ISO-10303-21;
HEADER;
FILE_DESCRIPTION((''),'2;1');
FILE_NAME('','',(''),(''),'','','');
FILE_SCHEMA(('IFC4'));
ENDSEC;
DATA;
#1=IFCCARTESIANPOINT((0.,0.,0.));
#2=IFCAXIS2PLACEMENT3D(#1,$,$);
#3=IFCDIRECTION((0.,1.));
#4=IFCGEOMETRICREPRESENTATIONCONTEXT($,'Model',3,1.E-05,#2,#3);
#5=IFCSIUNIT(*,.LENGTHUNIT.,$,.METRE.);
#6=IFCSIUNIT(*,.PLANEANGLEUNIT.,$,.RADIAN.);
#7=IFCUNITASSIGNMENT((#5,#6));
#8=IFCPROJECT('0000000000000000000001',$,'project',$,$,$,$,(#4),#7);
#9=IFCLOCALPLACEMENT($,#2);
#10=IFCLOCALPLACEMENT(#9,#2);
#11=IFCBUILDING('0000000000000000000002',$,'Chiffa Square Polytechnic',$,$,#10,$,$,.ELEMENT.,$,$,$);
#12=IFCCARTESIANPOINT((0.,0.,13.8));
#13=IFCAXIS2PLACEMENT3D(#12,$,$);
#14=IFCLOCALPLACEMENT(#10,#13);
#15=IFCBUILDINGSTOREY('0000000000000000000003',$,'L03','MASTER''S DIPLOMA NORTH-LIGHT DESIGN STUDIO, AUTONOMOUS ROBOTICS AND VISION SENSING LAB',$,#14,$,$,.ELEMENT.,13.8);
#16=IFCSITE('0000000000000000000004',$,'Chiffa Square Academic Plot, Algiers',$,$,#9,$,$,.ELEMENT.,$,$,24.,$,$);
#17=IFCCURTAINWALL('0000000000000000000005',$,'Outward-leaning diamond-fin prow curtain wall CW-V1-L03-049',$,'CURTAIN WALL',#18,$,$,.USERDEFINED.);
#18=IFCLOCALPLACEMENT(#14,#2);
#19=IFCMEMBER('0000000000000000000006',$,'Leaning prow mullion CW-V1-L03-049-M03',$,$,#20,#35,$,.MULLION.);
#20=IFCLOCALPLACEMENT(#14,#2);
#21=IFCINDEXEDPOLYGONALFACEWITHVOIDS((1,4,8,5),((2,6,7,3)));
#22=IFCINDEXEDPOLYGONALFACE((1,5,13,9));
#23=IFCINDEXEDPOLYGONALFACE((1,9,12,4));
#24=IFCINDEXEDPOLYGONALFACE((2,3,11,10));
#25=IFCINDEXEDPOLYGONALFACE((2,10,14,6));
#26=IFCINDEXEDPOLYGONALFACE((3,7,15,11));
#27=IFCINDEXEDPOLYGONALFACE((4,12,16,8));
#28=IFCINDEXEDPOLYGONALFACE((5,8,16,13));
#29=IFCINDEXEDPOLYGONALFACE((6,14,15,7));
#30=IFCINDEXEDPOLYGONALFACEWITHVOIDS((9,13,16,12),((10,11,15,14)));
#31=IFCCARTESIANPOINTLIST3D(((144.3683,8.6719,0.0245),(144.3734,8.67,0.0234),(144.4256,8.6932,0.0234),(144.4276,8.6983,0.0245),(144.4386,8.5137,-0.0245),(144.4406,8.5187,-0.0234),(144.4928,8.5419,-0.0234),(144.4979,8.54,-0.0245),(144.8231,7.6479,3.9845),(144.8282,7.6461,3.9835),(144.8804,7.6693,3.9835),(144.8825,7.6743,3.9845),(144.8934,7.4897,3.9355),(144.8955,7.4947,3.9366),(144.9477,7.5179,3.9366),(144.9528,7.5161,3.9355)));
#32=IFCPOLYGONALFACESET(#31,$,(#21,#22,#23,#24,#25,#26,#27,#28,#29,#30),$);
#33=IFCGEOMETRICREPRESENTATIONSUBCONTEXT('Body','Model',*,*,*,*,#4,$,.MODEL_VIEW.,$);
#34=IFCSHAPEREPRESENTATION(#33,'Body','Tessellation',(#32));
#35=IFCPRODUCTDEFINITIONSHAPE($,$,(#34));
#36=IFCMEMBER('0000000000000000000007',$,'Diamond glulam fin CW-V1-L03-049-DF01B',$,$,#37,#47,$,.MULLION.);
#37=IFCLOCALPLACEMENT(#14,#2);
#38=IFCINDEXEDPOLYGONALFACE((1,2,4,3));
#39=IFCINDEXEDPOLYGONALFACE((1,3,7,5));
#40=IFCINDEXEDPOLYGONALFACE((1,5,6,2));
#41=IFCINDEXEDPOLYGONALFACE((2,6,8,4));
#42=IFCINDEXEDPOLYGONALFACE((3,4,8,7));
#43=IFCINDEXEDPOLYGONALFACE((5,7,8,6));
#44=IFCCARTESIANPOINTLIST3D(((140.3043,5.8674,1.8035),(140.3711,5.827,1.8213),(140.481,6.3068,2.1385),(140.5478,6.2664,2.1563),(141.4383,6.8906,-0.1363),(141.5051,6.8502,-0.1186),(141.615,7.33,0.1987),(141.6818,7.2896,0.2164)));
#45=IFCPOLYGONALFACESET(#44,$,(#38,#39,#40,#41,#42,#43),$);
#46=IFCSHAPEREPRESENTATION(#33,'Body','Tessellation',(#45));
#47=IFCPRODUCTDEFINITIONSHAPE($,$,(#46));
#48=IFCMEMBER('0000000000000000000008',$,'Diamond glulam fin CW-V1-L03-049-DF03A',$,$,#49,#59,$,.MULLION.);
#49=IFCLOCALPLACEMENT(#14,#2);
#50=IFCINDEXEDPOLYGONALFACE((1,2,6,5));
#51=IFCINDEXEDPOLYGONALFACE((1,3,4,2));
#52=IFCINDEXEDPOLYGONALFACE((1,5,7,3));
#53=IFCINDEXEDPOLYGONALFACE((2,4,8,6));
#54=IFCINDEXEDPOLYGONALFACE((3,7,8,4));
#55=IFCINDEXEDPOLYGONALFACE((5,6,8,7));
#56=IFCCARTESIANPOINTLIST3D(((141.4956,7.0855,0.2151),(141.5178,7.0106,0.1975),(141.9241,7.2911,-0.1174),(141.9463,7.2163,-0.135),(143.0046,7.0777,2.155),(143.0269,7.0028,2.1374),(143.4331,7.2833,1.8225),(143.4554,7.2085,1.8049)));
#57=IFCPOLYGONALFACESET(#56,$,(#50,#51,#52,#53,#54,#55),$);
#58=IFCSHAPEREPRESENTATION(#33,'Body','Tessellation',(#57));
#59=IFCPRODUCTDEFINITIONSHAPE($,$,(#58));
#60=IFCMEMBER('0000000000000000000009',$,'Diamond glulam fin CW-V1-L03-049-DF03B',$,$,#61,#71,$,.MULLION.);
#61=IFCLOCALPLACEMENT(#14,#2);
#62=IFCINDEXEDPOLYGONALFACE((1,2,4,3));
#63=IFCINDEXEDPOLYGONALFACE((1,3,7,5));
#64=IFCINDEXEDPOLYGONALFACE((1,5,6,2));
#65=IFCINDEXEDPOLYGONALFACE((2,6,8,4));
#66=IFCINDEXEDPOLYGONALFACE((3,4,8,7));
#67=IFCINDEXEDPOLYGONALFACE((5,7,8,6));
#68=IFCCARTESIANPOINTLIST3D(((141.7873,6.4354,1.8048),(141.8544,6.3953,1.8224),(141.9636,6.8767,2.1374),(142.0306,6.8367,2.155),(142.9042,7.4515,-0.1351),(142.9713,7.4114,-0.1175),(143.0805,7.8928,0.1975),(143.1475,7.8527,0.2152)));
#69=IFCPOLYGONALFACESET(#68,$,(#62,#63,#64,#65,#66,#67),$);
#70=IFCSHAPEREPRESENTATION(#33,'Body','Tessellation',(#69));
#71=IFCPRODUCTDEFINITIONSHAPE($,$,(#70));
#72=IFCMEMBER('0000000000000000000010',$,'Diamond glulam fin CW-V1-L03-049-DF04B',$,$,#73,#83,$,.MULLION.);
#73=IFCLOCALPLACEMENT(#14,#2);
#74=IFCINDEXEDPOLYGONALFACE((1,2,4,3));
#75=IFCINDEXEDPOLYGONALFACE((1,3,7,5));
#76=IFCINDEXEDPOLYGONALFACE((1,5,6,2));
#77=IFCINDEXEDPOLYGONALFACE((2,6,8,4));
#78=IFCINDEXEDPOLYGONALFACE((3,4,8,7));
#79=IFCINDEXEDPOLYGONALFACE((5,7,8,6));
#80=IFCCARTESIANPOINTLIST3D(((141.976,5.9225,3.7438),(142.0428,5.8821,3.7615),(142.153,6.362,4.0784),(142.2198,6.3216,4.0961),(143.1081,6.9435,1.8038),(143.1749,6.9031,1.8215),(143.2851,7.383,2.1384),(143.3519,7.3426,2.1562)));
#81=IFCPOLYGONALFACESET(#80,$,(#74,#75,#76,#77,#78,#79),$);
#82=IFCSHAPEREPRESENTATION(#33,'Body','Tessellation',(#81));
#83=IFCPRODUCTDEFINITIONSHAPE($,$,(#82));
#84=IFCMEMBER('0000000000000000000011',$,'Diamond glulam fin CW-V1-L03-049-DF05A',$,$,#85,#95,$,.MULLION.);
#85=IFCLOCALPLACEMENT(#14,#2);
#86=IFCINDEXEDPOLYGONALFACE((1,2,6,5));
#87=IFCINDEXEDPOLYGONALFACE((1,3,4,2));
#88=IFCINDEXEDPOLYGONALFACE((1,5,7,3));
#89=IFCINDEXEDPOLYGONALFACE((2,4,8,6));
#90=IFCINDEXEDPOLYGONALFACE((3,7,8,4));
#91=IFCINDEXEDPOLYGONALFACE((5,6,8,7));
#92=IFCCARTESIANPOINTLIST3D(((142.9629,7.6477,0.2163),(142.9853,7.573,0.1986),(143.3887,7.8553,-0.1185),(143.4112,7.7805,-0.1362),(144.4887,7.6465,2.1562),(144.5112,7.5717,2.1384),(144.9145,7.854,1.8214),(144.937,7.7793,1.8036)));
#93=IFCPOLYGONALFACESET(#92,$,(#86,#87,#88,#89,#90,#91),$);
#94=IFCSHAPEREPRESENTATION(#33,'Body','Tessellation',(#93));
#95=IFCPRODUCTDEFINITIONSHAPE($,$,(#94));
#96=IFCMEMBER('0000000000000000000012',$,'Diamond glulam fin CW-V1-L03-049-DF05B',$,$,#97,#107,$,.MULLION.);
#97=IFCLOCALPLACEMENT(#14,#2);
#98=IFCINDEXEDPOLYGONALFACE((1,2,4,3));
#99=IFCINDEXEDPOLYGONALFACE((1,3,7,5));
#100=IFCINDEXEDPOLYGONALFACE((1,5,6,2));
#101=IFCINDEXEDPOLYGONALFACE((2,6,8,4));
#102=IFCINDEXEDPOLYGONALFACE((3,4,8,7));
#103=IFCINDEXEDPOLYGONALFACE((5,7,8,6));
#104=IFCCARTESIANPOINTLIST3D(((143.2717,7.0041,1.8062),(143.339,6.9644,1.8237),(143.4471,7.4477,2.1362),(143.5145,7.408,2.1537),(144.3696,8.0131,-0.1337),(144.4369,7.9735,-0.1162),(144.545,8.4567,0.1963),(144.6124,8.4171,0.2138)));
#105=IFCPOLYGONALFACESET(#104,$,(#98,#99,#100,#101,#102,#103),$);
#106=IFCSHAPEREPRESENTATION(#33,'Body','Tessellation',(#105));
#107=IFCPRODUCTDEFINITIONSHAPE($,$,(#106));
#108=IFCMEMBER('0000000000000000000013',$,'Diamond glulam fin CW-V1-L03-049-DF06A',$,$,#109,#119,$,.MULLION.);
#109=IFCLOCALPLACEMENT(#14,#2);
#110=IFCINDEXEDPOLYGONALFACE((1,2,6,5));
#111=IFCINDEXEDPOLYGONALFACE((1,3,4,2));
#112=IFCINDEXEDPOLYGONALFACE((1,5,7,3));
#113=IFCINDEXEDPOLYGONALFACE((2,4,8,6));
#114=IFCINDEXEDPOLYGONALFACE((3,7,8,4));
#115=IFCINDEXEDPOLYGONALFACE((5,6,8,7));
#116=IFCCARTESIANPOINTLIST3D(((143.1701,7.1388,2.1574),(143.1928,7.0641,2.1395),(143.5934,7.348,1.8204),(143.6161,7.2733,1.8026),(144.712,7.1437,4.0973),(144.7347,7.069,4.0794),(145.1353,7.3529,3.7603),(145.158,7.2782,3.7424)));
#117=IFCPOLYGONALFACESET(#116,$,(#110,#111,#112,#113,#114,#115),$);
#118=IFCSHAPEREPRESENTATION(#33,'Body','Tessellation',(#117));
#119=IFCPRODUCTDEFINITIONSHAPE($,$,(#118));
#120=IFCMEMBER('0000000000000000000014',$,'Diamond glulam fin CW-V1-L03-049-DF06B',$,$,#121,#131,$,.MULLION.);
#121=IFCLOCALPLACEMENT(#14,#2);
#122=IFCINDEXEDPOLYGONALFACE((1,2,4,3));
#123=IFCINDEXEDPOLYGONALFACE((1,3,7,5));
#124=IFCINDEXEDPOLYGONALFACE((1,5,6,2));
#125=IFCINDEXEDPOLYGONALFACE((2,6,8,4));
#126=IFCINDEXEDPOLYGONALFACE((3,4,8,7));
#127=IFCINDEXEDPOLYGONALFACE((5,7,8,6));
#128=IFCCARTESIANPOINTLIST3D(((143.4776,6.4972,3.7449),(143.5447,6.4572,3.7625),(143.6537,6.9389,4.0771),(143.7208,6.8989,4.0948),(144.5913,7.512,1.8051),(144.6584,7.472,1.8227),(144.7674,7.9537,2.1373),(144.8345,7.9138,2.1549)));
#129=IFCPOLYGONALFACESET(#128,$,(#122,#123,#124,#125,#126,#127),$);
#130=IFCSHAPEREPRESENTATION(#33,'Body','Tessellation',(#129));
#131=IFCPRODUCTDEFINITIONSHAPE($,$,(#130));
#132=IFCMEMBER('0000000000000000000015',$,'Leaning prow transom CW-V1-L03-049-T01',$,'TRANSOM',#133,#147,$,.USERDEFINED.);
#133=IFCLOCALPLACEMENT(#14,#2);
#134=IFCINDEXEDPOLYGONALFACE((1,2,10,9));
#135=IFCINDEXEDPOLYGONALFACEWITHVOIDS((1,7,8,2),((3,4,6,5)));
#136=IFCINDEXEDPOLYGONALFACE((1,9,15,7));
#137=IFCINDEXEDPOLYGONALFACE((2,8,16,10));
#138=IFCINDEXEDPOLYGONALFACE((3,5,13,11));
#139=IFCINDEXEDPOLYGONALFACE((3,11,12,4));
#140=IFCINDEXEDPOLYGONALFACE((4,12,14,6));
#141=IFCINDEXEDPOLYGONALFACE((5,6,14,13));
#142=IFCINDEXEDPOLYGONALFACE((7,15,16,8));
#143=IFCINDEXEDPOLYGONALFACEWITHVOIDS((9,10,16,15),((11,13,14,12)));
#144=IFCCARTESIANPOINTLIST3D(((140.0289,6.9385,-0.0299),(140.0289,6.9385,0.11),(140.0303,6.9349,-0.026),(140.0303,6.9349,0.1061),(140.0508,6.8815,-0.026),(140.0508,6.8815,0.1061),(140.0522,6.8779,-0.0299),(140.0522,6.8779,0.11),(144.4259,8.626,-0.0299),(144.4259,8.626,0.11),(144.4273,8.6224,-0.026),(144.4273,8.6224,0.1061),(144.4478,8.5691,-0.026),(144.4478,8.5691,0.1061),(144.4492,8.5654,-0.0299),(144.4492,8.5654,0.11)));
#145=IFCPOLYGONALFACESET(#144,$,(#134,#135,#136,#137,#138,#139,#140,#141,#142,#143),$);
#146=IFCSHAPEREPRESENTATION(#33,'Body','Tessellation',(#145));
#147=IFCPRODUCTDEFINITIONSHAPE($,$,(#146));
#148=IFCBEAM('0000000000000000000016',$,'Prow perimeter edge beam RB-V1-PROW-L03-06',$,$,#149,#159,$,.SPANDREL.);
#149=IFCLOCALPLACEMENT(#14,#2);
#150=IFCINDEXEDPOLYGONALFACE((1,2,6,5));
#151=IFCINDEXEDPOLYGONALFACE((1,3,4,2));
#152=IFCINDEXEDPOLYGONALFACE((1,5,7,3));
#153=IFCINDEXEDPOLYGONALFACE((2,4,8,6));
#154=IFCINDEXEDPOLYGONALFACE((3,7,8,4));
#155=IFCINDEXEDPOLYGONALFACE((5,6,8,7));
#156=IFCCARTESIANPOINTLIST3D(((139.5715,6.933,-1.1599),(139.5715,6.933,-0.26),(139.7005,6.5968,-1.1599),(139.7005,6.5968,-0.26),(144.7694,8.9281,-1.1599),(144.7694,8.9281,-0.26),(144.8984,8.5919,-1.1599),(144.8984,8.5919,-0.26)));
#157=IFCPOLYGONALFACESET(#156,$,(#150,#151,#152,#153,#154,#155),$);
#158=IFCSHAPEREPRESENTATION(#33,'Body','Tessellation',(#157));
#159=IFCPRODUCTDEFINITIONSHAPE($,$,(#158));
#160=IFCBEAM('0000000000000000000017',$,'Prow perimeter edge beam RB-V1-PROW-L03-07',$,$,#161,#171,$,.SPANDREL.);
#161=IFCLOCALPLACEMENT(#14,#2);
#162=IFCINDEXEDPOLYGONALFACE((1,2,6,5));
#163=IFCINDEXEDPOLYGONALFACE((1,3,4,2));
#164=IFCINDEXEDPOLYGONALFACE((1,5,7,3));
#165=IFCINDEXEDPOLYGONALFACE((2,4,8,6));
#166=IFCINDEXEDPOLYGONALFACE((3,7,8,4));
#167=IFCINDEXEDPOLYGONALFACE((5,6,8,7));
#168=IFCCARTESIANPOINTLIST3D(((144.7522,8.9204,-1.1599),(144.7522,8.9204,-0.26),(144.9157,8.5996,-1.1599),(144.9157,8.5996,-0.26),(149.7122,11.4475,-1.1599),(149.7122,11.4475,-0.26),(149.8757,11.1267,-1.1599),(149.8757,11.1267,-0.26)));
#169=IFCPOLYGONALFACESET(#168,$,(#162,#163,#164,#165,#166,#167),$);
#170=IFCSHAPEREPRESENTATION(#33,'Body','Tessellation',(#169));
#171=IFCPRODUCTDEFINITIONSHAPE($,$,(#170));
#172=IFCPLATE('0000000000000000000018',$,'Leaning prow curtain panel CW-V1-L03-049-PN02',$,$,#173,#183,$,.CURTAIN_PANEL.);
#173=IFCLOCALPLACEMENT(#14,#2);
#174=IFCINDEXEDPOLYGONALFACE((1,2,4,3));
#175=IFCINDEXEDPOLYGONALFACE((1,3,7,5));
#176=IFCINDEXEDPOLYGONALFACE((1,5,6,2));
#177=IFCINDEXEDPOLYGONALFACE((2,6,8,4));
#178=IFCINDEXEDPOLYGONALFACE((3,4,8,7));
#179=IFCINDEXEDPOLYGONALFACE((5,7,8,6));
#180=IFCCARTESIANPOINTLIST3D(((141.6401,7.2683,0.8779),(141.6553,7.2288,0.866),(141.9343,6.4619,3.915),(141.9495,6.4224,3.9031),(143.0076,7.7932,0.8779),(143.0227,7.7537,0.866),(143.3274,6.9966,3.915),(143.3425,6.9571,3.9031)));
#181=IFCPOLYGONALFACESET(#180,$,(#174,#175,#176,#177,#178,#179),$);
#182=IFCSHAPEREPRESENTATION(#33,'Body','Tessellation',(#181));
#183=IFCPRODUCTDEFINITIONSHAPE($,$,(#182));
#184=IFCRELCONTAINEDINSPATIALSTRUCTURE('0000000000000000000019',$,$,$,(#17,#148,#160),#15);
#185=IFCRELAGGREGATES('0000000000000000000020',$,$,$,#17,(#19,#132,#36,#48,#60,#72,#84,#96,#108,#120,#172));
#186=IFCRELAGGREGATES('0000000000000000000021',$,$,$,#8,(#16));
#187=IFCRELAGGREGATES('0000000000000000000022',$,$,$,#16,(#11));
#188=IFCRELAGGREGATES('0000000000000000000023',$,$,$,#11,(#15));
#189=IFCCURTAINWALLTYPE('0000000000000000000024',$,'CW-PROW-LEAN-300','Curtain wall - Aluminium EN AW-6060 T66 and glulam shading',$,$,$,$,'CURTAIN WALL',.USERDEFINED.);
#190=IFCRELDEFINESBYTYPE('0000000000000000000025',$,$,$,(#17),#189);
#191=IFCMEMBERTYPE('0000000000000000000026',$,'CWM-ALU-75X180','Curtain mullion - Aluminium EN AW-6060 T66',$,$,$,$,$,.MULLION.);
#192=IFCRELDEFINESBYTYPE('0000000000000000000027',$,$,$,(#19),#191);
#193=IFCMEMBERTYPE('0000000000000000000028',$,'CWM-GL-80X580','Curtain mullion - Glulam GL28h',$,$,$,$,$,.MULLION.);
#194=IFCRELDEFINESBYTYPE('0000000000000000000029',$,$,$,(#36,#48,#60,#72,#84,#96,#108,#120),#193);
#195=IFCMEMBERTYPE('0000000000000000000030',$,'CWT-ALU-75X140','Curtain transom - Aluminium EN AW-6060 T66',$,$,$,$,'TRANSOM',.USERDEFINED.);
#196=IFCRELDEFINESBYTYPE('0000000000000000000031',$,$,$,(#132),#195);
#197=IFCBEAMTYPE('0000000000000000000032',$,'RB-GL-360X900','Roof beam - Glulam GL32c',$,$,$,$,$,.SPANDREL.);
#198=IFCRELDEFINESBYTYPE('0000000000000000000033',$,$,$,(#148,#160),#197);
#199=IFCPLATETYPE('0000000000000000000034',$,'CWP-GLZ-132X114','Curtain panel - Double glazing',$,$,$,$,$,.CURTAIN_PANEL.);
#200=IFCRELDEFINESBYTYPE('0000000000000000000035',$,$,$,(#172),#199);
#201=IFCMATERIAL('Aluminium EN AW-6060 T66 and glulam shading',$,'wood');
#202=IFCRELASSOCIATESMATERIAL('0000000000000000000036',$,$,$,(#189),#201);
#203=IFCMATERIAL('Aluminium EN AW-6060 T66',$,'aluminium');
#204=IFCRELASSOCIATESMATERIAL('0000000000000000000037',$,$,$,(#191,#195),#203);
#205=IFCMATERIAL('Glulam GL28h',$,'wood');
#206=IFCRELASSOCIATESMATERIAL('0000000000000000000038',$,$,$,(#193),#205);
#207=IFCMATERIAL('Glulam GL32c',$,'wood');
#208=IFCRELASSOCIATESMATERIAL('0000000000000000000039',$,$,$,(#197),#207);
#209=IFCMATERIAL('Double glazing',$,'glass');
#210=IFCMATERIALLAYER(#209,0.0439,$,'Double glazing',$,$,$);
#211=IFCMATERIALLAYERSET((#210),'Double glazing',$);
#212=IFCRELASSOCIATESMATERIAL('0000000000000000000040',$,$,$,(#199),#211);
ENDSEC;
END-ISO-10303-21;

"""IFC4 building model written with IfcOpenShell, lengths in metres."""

from ifc_helpers import new_model, si_unit, direction, frame, origin, origin_2d, place, context, subcontext, project, spatial, polyline, rectangle, hollow_rectangle, outline, extrude, material, layer, layer_set, material_profile, profile_set, type_object, element, aggregate, save


model = new_model("IFC4")

# Units and contexts
model_context = context("Model", 3, precision=1e-05, world=origin(), true_north=direction((0.0, 1.0)))
body_context = subcontext(model_context, "Body", "Model", "MODEL_VIEW")
ifc_project = project(units=[si_unit("LENGTHUNIT", "METRE"), si_unit("PLANEANGLEUNIT", "RADIAN")], contexts=[model_context])

# Site, building, storey
site_placement = place(None, origin())
site = spatial("IfcSite", under=ifc_project, at=site_placement, Name="Chiffa Square Academic Plot, Algiers", CompositionType="ELEMENT", RefElevation=24.0)
building_placement = place(site_placement, origin())
building = spatial("IfcBuilding", under=site, at=building_placement, Name="Chiffa Square Polytechnic", CompositionType="ELEMENT")
storey_placement = place(building_placement, frame((0.0, 0.0, 13.8)))
storey = spatial("IfcBuildingStorey", under=building, at=storey_placement, Name="L03", Description="MASTER'S DIPLOMA NORTH-LIGHT DESIGN STUDIO, AUTONOMOUS ROBOTICS AND VISION SENSING LAB", CompositionType="ELEMENT", Elevation=13.8)

# Shared definitions
ifc_material_1 = material(Name="Glulam GL32c", Category="wood")

# Curtain wall, members
ifc_material_2 = material(Name="Aluminium EN AW-6060 T66 and glulam shading", Category="wood")
curtain_wall_type = type_object("IfcCurtainWallType", Name="CW-PROW-LEAN-300", Description="Curtain wall - Aluminium EN AW-6060 T66 and glulam shading", ElementType="CURTAIN WALL", PredefinedType="USERDEFINED", material=ifc_material_2)
curtain_wall_placement = place(storey_placement, origin())
curtain_wall = element("IfcCurtainWall", 1, at=curtain_wall_placement, inside=storey, type_object=curtain_wall_type, Name="Outward-leaning diamond-fin prow curtain wall CW-V1-L03-049", ObjectType="CURTAIN WALL", PredefinedType="USERDEFINED")
ifc_material_3 = material(Name="Aluminium EN AW-6060 T66", Category="aluminium")
ifc_material_profile_1 = material_profile(ifc_material_3, hollow_rectangle(XDim=0.0649, YDim=0.1799, WallThickness=0.0039, at=origin_2d()), Name="ALU 65x180x4")
ifc_profile_set_1 = profile_set([ifc_material_profile_1], Name="Aluminium EN AW-6060 T66")
member_type_1 = type_object("IfcMemberType", Name="CWM-ALU-75X180", Description="Curtain mullion - Aluminium EN AW-6060 T66", PredefinedType="MULLION", material=ifc_profile_set_1)
member_1_placement = place(storey_placement, frame((144.4331, 8.606, 0.0), z_axis=(0.11052, -0.248803, 0.962228), x_axis=(0.913892, 0.405956, 0.0)))
member_1 = element("IfcMember", 2, at=member_1_placement, type_object=member_type_1, Name="Leaning prow mullion CW-V1-L03-049-M03", PredefinedType="MULLION", context=body_context, shape_type="SweptSolid", body=[
    extrude(hollow_rectangle(XDim=0.0649, YDim=0.1799, WallThickness=0.0039, at=origin_2d()), origin(), (0.0, 0.0, 1.0), 4.1155),
])
ifc_material_4 = material(Name="Glulam GL28h", Category="wood")
ifc_material_profile_2 = material_profile(ifc_material_4, rectangle(XDim=0.0801, YDim=0.5801, at=origin_2d()), Name="GL28h 80x580")
ifc_profile_set_2 = profile_set([ifc_material_profile_2], Name="Glulam GL28h")
member_type_2 = type_object("IfcMemberType", Name="CWM-GL-80X580", Description="Curtain mullion - Glulam GL28h", PredefinedType="MULLION", material=ifc_profile_set_2)
member_2_placement = place(storey_placement, frame((141.5601, 7.0901, 0.04), z_axis=(-0.459295, -0.414404, 0.785696), x_axis=(0.83445, -0.504525, 0.221691)))
member_2 = element("IfcMember", 3, at=member_2_placement, type_object=member_type_2, Name="Diamond glulam fin CW-V1-L03-049-DF01B", PredefinedType="MULLION", context=body_context, shape_type="SweptSolid", body=[
    extrude(rectangle(XDim=0.0801, YDim=0.5801, at=origin_2d()), origin(), (0.0, 0.0, 1.0), 2.469),
])
member_3_placement = place(storey_placement, frame((141.7209, 7.1509, 0.04), z_axis=(0.613986, -0.003179, 0.789311), x_axis=(-0.278027, 0.935032, 0.220036)))
member_3 = element("IfcMember", 4, at=member_3_placement, type_object=member_type_2, Name="Diamond glulam fin CW-V1-L03-049-DF03A", PredefinedType="MULLION", context=body_context, shape_type="SweptSolid", body=[
    extrude(rectangle(XDim=0.0801, YDim=0.5801, at=origin_2d()), origin(), (0.0, 0.0, 1.0), 2.4578),
])
member_4_placement = place(storey_placement, frame((143.0259, 7.6521, 0.04), z_axis=(-0.454349, -0.413334, 0.789127), x_axis=(0.837422, -0.500272, 0.22012)))
member_4 = element("IfcMember", 5, at=member_4_placement, type_object=member_type_2, Name="Diamond glulam fin CW-V1-L03-049-DF03B", PredefinedType="MULLION", context=body_context, shape_type="SweptSolid", body=[
    extrude(rectangle(XDim=0.0801, YDim=0.5801, at=origin_2d()), origin(), (0.0, 0.0, 1.0), 2.4583),
])
member_5_placement = place(storey_placement, frame((143.23, 7.1431, 1.98), z_axis=(-0.45884, -0.413816, 0.786271), x_axis=(0.834497, -0.504564, 0.221429)))
member_5 = element("IfcMember", 6, at=member_5_placement, type_object=member_type_2, Name="Diamond glulam fin CW-V1-L03-049-DF04B", PredefinedType="MULLION", context=body_context, shape_type="SweptSolid", body=[
    extrude(rectangle(XDim=0.0801, YDim=0.5801, at=origin_2d()), origin(), (0.0, 0.0, 1.0), 2.4673),
])
member_6_placement = place(storey_placement, frame((143.187, 7.7141, 0.04), z_axis=(0.618232, -0.000495, 0.785995), x_axis=(-0.280929, 0.933805, 0.221555)))
member_6 = element("IfcMember", 7, at=member_6_placement, type_object=member_type_2, Name="Diamond glulam fin CW-V1-L03-049-DF05A", PredefinedType="MULLION", context=body_context, shape_type="SweptSolid", body=[
    extrude(rectangle(XDim=0.0801, YDim=0.5801, at=origin_2d()), origin(), (0.0, 0.0, 1.0), 2.468),
])
member_7_placement = place(storey_placement, frame((144.491, 8.2151, 0.04), z_axis=(-0.448706, -0.412386, 0.792843), x_axis=(0.840934, -0.495109, 0.218399)))
member_7 = element("IfcMember", 8, at=member_7_placement, type_object=member_type_2, Name="Diamond glulam fin CW-V1-L03-049-DF05B", PredefinedType="MULLION", context=body_context, shape_type="SweptSolid", body=[
    extrude(rectangle(XDim=0.0801, YDim=0.5801, at=origin_2d()), origin(), (0.0, 0.0, 1.0), 2.4468),
])
member_8_placement = place(storey_placement, frame((143.3931, 7.2061, 1.98), z_axis=(0.62224, 0.00197, 0.782824), x_axis=(-0.283494, 0.932687, 0.222992)))
member_8 = element("IfcMember", 9, at=member_8_placement, type_object=member_type_2, Name="Diamond glulam fin CW-V1-L03-049-DF06A", PredefinedType="MULLION", context=body_context, shape_type="SweptSolid", body=[
    extrude(rectangle(XDim=0.0801, YDim=0.5801, at=origin_2d()), origin(), (0.0, 0.0, 1.0), 2.478),
])
member_9_placement = place(storey_placement, frame((144.7129, 7.7129, 1.98), z_axis=(-0.453417, -0.413164, 0.789752), x_axis=(0.837996, -0.499435, 0.219832)))
member_9 = element("IfcMember", 10, at=member_9_placement, type_object=member_type_2, Name="Diamond glulam fin CW-V1-L03-049-DF06B", PredefinedType="MULLION", context=body_context, shape_type="SweptSolid", body=[
    extrude(rectangle(XDim=0.0801, YDim=0.5801, at=origin_2d()), origin(), (0.0, 0.0, 1.0), 2.4563),
])
ifc_material_profile_3 = material_profile(ifc_material_3, hollow_rectangle(XDim=0.0649, YDim=0.1399, WallThickness=0.0039, at=origin_2d()), Name="ALU 65x140x4")
ifc_profile_set_3 = profile_set([ifc_material_profile_3], Name="Aluminium EN AW-6060 T66")
member_type_3 = type_object("IfcMemberType", Name="CWT-ALU-75X140", Description="Curtain transom - Aluminium EN AW-6060 T66", ElementType="TRANSOM", PredefinedType="USERDEFINED", material=ifc_profile_set_3)
member_10_placement = place(storey_placement, frame((140.0405, 6.9082, 0.04), z_axis=(0.933605, 0.358305, 0.0), x_axis=(-0.358305, 0.933605, 0.0)))
member_10 = element("IfcMember", 11, at=member_10_placement, type_object=member_type_3, Name="Leaning prow transom CW-V1-L03-049-T01", ObjectType="TRANSOM", PredefinedType="USERDEFINED", context=body_context, shape_type="SweptSolid", body=[
    extrude(hollow_rectangle(XDim=0.0649, YDim=0.1399, WallThickness=0.0039, at=origin_2d()), origin(), (0.0, 0.0, 1.0), 4.7097),
])

# Beams
ifc_material_profile_4 = material_profile(ifc_material_1, rectangle(XDim=0.3601, YDim=0.8999, at=origin_2d()), Name="GL32c 360x900")
ifc_profile_set_4 = profile_set([ifc_material_profile_4], Name="Glulam GL32c")
beam_type_1 = type_object("IfcBeamType", Name="RB-GL-360X900", Description="Roof beam - Glulam GL32c", PredefinedType="SPANDREL", material=ifc_profile_set_4)
beam_1_placement = place(storey_placement, frame((139.636, 6.7649, -0.71), z_axis=(0.933593, 0.358335, 0.0), x_axis=(-0.358335, 0.933593, 0.0)))
element("IfcBeam", 12, at=beam_1_placement, inside=storey, type_object=beam_type_1, Name="Prow perimeter edge beam RB-V1-PROW-L03-06", PredefinedType="SPANDREL", context=body_context, shape_type="SweptSolid", body=[
    extrude(rectangle(XDim=0.3601, YDim=0.8999, at=origin_2d()), origin(), (0.0, 0.0, 1.0), 5.5676),
])
beam_2_placement = place(storey_placement, frame((144.834, 8.76, -0.71), z_axis=(0.891016, 0.453972, 0.0), x_axis=(-0.453972, 0.891016, 0.0)))
element("IfcBeam", 13, at=beam_2_placement, inside=storey, type_object=beam_type_1, Name="Prow perimeter edge beam RB-V1-PROW-L03-07", PredefinedType="SPANDREL", context=body_context, shape_type="SweptSolid", body=[
    extrude(rectangle(XDim=0.3601, YDim=0.8999, at=origin_2d()), origin(), (0.0, 0.0, 1.0), 5.5667),
])

# Plate
ifc_material_5 = material(Name="Double glazing", Category="glass")
ifc_layer_1 = layer(ifc_material_5, 0.0439, Name="Double glazing")
ifc_layer_set_1 = layer_set([ifc_layer_1], Name="Double glazing")
plate_type_1 = type_object("IfcPlateType", Name="CWP-GLZ-132X114", Description="Curtain panel - Double glazing", PredefinedType="CURTAIN_PANEL", material=ifc_layer_set_1)
plate_1_placement = place(storey_placement, frame((141.6401, 7.2683, 0.8779), z_axis=(-0.344837, 0.898404, 0.271953), x_axis=(0.933589, 0.358344, -0.000006)))
plate_1 = element("IfcPlate", 14, at=plate_1_placement, type_object=plate_type_1, Name="Leaning prow curtain panel CW-V1-L03-049-PN02", PredefinedType="CURTAIN_PANEL", context=body_context, shape_type="SweptSolid", body=[
    extrude(outline(polyline([(0.0, 0.0), (1.4647, 0.0), (1.4778, -3.1561), (-0.0143, -3.156), (0.0, 0.0)])), origin(), (0.0, 0.0, -1.0), 0.0439),
])
aggregate(curtain_wall, [member_1, member_10, member_2, member_3, member_4, member_5, member_6, member_7, member_8, member_9, plate_1])

save(model, "model.ifc")
